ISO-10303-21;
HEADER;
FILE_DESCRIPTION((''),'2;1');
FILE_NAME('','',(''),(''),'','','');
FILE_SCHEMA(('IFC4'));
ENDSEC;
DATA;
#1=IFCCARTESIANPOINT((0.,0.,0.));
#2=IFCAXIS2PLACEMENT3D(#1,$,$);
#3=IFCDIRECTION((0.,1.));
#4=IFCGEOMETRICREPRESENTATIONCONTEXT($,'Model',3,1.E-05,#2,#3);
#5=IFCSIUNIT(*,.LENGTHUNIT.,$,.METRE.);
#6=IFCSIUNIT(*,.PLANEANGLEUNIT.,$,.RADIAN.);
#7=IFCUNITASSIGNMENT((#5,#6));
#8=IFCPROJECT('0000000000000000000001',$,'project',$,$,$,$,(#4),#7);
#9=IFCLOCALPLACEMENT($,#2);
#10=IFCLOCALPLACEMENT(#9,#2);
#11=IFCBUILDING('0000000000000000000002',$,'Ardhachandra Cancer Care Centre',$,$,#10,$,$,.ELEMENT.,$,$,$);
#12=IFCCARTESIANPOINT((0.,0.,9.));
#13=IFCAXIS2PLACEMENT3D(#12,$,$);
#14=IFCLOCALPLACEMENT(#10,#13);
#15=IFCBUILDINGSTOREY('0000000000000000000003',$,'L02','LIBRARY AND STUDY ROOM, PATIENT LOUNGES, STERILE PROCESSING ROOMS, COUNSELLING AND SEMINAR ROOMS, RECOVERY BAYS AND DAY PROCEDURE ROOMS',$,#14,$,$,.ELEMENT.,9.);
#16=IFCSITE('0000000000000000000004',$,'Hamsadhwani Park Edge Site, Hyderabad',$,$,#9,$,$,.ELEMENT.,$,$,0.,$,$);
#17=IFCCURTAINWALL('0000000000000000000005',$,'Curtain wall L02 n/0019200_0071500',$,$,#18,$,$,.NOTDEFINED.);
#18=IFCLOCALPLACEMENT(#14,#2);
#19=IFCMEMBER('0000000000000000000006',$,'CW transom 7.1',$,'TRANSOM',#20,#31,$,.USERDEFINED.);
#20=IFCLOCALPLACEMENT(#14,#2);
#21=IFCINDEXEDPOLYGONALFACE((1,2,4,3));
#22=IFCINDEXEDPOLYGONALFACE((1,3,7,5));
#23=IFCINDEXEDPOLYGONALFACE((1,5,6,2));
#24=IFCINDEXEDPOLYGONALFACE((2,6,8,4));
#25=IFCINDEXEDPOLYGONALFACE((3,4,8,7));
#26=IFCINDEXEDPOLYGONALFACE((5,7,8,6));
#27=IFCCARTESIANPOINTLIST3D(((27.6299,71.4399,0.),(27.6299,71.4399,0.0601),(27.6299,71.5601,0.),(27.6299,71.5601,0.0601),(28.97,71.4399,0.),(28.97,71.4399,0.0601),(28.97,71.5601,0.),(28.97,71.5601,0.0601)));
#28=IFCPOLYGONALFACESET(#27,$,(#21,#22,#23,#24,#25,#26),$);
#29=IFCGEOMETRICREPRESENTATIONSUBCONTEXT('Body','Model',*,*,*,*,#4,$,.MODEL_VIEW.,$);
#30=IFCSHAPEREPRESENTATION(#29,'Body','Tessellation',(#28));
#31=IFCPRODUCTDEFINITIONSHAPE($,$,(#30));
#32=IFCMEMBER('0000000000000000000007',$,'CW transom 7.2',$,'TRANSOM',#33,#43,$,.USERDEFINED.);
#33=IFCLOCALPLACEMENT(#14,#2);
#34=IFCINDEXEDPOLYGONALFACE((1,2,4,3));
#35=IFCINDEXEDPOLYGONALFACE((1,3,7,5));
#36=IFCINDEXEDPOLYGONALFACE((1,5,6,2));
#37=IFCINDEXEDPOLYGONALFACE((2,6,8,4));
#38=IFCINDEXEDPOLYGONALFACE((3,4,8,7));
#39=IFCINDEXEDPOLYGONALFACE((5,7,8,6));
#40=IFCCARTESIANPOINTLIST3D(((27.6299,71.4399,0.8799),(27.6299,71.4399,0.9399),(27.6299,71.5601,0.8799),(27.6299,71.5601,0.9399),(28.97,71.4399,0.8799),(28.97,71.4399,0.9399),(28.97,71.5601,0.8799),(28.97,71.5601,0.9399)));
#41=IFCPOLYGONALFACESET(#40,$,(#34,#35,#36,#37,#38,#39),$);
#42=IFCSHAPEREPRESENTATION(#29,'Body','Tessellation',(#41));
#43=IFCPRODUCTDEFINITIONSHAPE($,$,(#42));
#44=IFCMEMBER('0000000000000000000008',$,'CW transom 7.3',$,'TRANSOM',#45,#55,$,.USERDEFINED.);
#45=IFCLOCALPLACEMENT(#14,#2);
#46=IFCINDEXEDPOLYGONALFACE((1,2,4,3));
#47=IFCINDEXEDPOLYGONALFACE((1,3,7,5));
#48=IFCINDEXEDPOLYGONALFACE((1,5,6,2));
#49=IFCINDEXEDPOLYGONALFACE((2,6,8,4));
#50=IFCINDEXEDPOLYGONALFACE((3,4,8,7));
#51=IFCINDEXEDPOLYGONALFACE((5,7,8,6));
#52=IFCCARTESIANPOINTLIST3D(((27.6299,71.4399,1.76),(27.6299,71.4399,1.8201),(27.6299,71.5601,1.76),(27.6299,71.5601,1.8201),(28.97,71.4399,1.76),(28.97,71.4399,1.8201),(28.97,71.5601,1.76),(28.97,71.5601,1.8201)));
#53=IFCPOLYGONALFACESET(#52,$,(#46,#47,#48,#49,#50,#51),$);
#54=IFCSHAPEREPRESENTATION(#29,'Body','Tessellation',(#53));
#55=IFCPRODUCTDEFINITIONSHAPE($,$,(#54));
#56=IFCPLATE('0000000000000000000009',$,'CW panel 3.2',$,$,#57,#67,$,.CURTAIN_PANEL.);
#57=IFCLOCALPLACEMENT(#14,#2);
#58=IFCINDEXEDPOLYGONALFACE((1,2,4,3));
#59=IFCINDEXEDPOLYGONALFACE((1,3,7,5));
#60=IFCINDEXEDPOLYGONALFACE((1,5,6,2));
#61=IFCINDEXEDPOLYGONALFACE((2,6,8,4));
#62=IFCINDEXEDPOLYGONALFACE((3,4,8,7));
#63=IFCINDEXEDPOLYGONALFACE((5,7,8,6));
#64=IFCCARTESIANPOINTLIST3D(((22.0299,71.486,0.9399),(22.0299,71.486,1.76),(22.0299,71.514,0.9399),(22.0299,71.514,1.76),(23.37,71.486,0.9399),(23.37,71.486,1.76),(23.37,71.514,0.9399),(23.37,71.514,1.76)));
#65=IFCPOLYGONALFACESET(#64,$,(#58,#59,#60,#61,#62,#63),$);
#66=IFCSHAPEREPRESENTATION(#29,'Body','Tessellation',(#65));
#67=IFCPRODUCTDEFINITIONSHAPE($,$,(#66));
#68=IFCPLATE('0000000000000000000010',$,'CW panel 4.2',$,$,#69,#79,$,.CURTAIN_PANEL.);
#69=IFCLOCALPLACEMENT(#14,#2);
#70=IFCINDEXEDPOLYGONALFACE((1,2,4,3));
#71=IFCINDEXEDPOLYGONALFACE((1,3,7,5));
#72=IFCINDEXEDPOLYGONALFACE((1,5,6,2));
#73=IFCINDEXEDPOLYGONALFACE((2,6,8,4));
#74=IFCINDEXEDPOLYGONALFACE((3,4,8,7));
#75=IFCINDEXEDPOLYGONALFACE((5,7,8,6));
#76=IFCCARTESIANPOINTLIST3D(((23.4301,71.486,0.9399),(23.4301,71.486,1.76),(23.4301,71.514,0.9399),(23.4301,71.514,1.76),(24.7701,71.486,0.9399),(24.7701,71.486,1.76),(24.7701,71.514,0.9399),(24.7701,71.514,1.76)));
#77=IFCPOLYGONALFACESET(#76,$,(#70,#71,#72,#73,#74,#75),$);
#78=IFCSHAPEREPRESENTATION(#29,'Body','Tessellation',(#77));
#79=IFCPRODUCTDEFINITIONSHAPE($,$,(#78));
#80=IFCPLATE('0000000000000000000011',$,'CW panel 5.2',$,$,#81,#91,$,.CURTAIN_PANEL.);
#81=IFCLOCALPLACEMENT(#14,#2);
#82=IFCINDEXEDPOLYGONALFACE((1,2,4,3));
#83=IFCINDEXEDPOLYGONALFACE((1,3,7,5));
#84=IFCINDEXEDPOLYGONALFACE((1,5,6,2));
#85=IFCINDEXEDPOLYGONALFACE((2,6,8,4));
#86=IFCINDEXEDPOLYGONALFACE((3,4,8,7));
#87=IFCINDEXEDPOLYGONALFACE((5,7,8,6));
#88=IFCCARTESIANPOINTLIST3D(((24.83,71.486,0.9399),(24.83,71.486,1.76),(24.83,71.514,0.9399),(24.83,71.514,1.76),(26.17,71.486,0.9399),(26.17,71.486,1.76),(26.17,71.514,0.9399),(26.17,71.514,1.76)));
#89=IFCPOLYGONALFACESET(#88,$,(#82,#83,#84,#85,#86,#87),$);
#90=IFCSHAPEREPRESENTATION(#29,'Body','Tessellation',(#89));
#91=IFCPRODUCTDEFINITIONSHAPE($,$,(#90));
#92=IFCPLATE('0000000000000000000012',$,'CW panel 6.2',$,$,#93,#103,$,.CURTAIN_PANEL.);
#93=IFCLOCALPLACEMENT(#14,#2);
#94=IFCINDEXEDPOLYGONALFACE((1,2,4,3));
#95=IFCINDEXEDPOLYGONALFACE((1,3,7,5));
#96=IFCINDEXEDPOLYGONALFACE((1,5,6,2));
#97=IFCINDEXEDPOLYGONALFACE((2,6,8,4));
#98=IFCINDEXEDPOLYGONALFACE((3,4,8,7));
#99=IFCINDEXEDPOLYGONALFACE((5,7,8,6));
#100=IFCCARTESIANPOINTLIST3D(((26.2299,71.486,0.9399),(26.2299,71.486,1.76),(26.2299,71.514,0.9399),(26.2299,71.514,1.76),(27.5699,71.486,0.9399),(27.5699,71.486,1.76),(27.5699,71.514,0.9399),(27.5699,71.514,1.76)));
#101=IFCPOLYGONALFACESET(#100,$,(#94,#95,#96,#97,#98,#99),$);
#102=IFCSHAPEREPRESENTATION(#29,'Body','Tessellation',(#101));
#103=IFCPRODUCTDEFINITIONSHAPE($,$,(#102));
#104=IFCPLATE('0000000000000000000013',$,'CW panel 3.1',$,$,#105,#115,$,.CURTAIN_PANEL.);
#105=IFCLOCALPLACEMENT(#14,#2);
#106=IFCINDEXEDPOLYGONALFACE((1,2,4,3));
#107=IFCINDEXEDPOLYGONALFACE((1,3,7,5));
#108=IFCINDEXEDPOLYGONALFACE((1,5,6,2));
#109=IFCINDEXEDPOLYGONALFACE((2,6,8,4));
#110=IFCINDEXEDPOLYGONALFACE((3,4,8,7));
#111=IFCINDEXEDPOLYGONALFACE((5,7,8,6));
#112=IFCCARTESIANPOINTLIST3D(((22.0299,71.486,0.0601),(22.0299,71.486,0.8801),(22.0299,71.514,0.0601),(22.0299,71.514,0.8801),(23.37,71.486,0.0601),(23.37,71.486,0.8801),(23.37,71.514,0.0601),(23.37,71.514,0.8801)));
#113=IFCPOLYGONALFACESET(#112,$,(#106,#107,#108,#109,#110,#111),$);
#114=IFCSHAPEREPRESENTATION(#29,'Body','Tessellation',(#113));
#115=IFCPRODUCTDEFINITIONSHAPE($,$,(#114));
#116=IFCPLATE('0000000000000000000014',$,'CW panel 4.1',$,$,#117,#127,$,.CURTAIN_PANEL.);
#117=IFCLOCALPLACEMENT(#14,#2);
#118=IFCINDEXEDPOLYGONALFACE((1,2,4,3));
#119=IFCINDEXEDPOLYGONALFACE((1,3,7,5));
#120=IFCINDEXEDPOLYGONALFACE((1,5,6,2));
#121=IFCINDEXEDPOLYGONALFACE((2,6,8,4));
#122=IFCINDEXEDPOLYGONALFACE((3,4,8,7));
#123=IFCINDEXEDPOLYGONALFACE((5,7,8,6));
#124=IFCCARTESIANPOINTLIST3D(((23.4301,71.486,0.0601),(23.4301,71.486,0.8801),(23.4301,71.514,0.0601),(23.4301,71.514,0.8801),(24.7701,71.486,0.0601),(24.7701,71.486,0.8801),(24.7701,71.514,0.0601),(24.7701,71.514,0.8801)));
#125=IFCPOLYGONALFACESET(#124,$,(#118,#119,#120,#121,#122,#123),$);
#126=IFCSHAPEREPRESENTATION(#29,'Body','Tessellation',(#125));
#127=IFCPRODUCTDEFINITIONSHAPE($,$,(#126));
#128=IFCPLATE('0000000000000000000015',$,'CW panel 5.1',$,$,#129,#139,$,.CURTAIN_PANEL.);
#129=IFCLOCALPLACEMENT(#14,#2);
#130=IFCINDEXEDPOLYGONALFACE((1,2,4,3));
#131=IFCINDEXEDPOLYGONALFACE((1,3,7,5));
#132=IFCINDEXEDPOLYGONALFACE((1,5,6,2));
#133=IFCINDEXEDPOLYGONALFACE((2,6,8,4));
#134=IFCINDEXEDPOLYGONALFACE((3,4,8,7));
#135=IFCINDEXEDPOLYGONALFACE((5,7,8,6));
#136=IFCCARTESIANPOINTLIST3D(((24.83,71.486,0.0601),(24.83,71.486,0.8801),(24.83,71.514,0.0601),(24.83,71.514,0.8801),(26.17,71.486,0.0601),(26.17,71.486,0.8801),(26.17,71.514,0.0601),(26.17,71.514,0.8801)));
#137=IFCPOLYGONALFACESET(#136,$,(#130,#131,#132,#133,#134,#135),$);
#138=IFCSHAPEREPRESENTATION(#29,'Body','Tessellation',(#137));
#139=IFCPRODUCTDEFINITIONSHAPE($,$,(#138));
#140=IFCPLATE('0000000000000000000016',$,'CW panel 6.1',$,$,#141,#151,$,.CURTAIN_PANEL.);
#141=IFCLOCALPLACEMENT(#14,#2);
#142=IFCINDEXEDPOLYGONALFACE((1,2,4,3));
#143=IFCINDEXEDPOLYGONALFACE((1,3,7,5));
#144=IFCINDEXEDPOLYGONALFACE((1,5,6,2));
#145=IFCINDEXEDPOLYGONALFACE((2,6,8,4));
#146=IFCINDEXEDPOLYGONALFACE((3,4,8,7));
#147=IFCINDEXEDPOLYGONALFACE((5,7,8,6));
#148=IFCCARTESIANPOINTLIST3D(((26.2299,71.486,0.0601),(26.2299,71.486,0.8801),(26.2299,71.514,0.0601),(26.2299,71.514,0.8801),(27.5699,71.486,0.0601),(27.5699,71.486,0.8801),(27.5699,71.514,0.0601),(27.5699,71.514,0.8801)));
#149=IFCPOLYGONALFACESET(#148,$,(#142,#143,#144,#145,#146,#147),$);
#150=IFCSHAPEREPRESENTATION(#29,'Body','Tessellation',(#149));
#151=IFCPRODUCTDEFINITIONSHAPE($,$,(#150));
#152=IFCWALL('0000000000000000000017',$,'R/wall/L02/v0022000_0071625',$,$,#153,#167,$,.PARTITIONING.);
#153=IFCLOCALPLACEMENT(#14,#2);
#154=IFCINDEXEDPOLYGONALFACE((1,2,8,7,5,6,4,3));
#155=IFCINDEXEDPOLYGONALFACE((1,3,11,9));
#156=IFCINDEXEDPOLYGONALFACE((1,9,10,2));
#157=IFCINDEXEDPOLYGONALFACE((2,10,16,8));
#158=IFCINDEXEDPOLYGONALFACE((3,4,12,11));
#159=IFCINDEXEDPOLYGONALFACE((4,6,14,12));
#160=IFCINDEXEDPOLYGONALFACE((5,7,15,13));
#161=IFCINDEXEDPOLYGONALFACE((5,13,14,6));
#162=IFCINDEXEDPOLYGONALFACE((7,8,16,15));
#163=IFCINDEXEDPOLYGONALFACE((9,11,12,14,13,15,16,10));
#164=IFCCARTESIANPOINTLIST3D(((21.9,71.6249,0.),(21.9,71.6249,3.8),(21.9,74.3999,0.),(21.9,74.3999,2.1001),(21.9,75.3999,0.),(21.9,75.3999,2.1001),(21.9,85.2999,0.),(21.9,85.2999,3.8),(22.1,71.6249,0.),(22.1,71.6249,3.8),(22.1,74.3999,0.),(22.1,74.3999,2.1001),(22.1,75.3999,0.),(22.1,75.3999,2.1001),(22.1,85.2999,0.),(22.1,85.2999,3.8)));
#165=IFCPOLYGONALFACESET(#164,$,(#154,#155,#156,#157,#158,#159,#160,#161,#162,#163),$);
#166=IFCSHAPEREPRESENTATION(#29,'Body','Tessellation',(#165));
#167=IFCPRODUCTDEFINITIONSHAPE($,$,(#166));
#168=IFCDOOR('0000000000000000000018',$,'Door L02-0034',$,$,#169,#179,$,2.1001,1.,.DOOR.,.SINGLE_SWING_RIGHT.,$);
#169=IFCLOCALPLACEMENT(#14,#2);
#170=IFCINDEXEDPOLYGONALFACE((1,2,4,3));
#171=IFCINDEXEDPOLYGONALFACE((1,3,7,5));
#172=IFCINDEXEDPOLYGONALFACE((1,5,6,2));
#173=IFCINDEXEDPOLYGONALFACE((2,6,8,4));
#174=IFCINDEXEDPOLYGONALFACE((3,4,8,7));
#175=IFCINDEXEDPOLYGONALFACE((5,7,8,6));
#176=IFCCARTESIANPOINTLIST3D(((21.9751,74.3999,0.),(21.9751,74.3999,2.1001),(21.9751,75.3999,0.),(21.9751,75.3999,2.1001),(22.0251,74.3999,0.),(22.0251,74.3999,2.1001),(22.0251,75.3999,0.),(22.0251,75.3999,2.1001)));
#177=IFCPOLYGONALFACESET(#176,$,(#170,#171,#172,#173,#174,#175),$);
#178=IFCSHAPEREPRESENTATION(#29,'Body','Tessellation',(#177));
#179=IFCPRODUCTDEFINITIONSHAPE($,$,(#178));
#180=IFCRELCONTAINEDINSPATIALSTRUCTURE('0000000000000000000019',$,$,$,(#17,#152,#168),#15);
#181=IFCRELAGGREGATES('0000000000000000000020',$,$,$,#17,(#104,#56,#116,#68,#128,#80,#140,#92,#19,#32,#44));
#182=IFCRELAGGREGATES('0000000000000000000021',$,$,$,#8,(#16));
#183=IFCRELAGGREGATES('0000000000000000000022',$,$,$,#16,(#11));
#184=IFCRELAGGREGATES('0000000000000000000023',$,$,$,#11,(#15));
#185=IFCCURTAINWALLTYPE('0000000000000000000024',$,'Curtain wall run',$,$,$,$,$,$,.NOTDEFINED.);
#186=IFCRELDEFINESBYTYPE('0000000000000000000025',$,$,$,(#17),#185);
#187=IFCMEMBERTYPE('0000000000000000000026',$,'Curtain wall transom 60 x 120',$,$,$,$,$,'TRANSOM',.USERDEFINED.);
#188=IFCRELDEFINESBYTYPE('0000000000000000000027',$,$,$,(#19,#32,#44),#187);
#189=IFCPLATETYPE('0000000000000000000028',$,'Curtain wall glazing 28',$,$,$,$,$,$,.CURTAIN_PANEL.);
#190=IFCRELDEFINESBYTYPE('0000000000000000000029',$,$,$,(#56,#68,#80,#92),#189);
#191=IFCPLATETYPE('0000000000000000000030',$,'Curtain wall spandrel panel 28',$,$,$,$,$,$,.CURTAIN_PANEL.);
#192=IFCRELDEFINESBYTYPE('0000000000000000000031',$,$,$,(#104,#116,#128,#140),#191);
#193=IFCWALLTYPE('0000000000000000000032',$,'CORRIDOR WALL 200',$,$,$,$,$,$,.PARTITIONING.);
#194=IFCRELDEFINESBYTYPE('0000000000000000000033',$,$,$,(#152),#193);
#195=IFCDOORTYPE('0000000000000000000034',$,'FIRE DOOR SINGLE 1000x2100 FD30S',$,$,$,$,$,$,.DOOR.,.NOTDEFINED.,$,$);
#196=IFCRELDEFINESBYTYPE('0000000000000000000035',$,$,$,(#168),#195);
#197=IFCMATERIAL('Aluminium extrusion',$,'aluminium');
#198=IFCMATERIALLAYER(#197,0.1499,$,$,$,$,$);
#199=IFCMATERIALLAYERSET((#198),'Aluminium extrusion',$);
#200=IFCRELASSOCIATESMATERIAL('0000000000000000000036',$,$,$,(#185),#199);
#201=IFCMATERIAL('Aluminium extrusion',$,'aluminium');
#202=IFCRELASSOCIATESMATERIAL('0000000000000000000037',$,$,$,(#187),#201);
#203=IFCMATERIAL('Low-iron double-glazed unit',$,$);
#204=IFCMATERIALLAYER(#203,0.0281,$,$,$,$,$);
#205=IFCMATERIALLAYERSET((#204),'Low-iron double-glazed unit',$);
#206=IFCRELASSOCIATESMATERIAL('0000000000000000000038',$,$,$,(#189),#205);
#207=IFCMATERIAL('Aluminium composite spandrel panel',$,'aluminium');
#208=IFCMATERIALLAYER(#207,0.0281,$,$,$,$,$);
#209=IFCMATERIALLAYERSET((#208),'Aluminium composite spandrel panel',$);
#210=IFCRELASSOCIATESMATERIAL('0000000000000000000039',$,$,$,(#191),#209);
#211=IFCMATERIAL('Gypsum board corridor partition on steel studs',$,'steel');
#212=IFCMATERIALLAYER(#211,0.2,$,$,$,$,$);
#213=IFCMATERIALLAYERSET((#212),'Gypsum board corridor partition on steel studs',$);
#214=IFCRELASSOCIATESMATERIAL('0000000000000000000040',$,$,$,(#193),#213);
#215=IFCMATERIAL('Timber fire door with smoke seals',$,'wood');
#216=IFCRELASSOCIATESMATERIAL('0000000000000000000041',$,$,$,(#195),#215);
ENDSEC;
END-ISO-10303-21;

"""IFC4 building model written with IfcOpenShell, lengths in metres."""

from ifc_helpers import new_model, si_unit, direction, frame, frame_2d, origin, origin_2d, place, context, subcontext, project, spatial, rectangle, extrude, material, layer, layer_set, material_profile, profile_set, type_object, element, fill, aggregate, save


model = new_model("IFC4")

# Units and contexts
model_context = context("Model", 3, precision=1e-05, world=origin(), true_north=direction((0.0, 1.0)))
body_context = subcontext(model_context, "Body", "Model", "MODEL_VIEW")
ifc_project = project(units=[si_unit("LENGTHUNIT", "METRE"), si_unit("PLANEANGLEUNIT", "RADIAN")], contexts=[model_context])

# Site, building, storey
site_placement = place(None, origin())
site = spatial("IfcSite", under=ifc_project, at=site_placement, Name="Hamsadhwani Park Edge Site, Hyderabad", CompositionType="ELEMENT", RefElevation=0.0)
building_placement = place(site_placement, origin())
building = spatial("IfcBuilding", under=site, at=building_placement, Name="Ardhachandra Cancer Care Centre", CompositionType="ELEMENT")
storey_placement = place(building_placement, frame((0.0, 0.0, 9.0)))
storey = spatial("IfcBuildingStorey", under=building, at=storey_placement, Name="L02", Description="LIBRARY AND STUDY ROOM, PATIENT LOUNGES, STERILE PROCESSING ROOMS, COUNSELLING AND SEMINAR ROOMS, RECOVERY BAYS AND DAY PROCEDURE ROOMS", CompositionType="ELEMENT", Elevation=9.0)

# Curtain wall, members, plates
ifc_material_1 = material(Name="Aluminium extrusion", Category="aluminium")
ifc_layer_1 = layer(ifc_material_1, 0.1499)
ifc_layer_set_1 = layer_set([ifc_layer_1], Name="Aluminium extrusion")
curtain_wall_type = type_object("IfcCurtainWallType", Name="Curtain wall run", PredefinedType="NOTDEFINED", material=ifc_layer_set_1)
curtain_wall_placement = place(storey_placement, origin())
curtain_wall = element("IfcCurtainWall", 1, at=curtain_wall_placement, inside=storey, type_object=curtain_wall_type, Name="Curtain wall L02 n/0019200_0071500", PredefinedType="NOTDEFINED")
ifc_material_2 = material(Name="Aluminium extrusion", Category="aluminium")
ifc_material_profile_1 = material_profile(ifc_material_2, rectangle(XDim=0.1201, YDim=0.0601, at=origin_2d()), Name="Curtain wall transom 60 x 120")
ifc_profile_set_1 = profile_set([ifc_material_profile_1], Name="Aluminium extrusion")
member_type_1 = type_object("IfcMemberType", Name="Curtain wall transom 60 x 120", ElementType="TRANSOM", PredefinedType="USERDEFINED", material=ifc_profile_set_1)
member_1_placement = place(storey_placement, frame((27.6299, 71.5, 0.03), z_axis=(1.0, 0.0, 0.0), x_axis=(0.0, 1.0, 0.0)))
member_1 = element("IfcMember", 2, at=member_1_placement, type_object=member_type_1, Name="CW transom 7.1", ObjectType="TRANSOM", PredefinedType="USERDEFINED", context=body_context, shape_type="SweptSolid", body=[
    extrude(rectangle(XDim=0.1201, YDim=0.0601, at=origin_2d()), origin(), (0.0, 0.0, 1.0), 1.3401),
])
member_2_placement = place(storey_placement, frame((27.6299, 71.5, 0.9099), z_axis=(1.0, 0.0, 0.0), x_axis=(0.0, 1.0, 0.0)))
member_2 = element("IfcMember", 3, at=member_2_placement, type_object=member_type_1, Name="CW transom 7.2", ObjectType="TRANSOM", PredefinedType="USERDEFINED", context=body_context, shape_type="SweptSolid", body=[
    extrude(rectangle(XDim=0.1201, YDim=0.0601, at=origin_2d()), origin(), (0.0, 0.0, 1.0), 1.3401),
])
member_3_placement = place(storey_placement, frame((27.6299, 71.5, 1.79), z_axis=(1.0, 0.0, 0.0), x_axis=(0.0, 1.0, 0.0)))
member_3 = element("IfcMember", 4, at=member_3_placement, type_object=member_type_1, Name="CW transom 7.3", ObjectType="TRANSOM", PredefinedType="USERDEFINED", context=body_context, shape_type="SweptSolid", body=[
    extrude(rectangle(XDim=0.1201, YDim=0.0601, at=origin_2d()), origin(), (0.0, 0.0, 1.0), 1.3401),
])
ifc_material_3 = material(Name="Low-iron double-glazed unit")
ifc_layer_2 = layer(ifc_material_3, 0.0281)
ifc_layer_set_2 = layer_set([ifc_layer_2], Name="Low-iron double-glazed unit")
plate_type_1 = type_object("IfcPlateType", Name="Curtain wall glazing 28", PredefinedType="CURTAIN_PANEL", material=ifc_layer_set_2)
plate_1_placement = place(storey_placement, frame((22.7, 71.5, 0.9399), z_axis=(0.0, 0.0, 1.0), x_axis=(1.0, 0.0, 0.0)))
plate_1 = element("IfcPlate", 5, at=plate_1_placement, type_object=plate_type_1, Name="CW panel 3.2", PredefinedType="CURTAIN_PANEL", context=body_context, shape_type="SweptSolid", body=[
    extrude(rectangle(XDim=1.3401, YDim=0.0281, at=origin_2d()), origin(), (0.0, 0.0, 1.0), 0.8201),
])
plate_2_placement = place(storey_placement, frame((24.1001, 71.5, 0.9399), z_axis=(0.0, 0.0, 1.0), x_axis=(1.0, 0.0, 0.0)))
plate_2 = element("IfcPlate", 6, at=plate_2_placement, type_object=plate_type_1, Name="CW panel 4.2", PredefinedType="CURTAIN_PANEL", context=body_context, shape_type="SweptSolid", body=[
    extrude(rectangle(XDim=1.3401, YDim=0.0281, at=origin_2d()), origin(), (0.0, 0.0, 1.0), 0.8201),
])
plate_3_placement = place(storey_placement, frame((25.5, 71.5, 0.9399), z_axis=(0.0, 0.0, 1.0), x_axis=(1.0, 0.0, 0.0)))
plate_3 = element("IfcPlate", 7, at=plate_3_placement, type_object=plate_type_1, Name="CW panel 5.2", PredefinedType="CURTAIN_PANEL", context=body_context, shape_type="SweptSolid", body=[
    extrude(rectangle(XDim=1.3401, YDim=0.0281, at=origin_2d()), origin(), (0.0, 0.0, 1.0), 0.8201),
])
plate_4_placement = place(storey_placement, frame((26.8999, 71.5, 0.9399), z_axis=(0.0, 0.0, 1.0), x_axis=(1.0, 0.0, 0.0)))
plate_4 = element("IfcPlate", 8, at=plate_4_placement, type_object=plate_type_1, Name="CW panel 6.2", PredefinedType="CURTAIN_PANEL", context=body_context, shape_type="SweptSolid", body=[
    extrude(rectangle(XDim=1.3401, YDim=0.0281, at=origin_2d()), origin(), (0.0, 0.0, 1.0), 0.8201),
])
ifc_material_4 = material(Name="Aluminium composite spandrel panel", Category="aluminium")
ifc_layer_3 = layer(ifc_material_4, 0.0281)
ifc_layer_set_3 = layer_set([ifc_layer_3], Name="Aluminium composite spandrel panel")
plate_type_2 = type_object("IfcPlateType", Name="Curtain wall spandrel panel 28", PredefinedType="CURTAIN_PANEL", material=ifc_layer_set_3)
plate_5_placement = place(storey_placement, frame((22.7, 71.5, 0.0601), z_axis=(0.0, 0.0, 1.0), x_axis=(1.0, 0.0, 0.0)))
plate_5 = element("IfcPlate", 9, at=plate_5_placement, type_object=plate_type_2, Name="CW panel 3.1", PredefinedType="CURTAIN_PANEL", context=body_context, shape_type="SweptSolid", body=[
    extrude(rectangle(XDim=1.3401, YDim=0.0281, at=origin_2d()), origin(), (0.0, 0.0, 1.0), 0.8201),
])
plate_6_placement = place(storey_placement, frame((24.1001, 71.5, 0.0601), z_axis=(0.0, 0.0, 1.0), x_axis=(1.0, 0.0, 0.0)))
plate_6 = element("IfcPlate", 10, at=plate_6_placement, type_object=plate_type_2, Name="CW panel 4.1", PredefinedType="CURTAIN_PANEL", context=body_context, shape_type="SweptSolid", body=[
    extrude(rectangle(XDim=1.3401, YDim=0.0281, at=origin_2d()), origin(), (0.0, 0.0, 1.0), 0.8201),
])
plate_7_placement = place(storey_placement, frame((25.5, 71.5, 0.0601), z_axis=(0.0, 0.0, 1.0), x_axis=(1.0, 0.0, 0.0)))
plate_7 = element("IfcPlate", 11, at=plate_7_placement, type_object=plate_type_2, Name="CW panel 5.1", PredefinedType="CURTAIN_PANEL", context=body_context, shape_type="SweptSolid", body=[
    extrude(rectangle(XDim=1.3401, YDim=0.0281, at=origin_2d()), origin(), (0.0, 0.0, 1.0), 0.8201),
])
plate_8_placement = place(storey_placement, frame((26.8999, 71.5, 0.0601), z_axis=(0.0, 0.0, 1.0), x_axis=(1.0, 0.0, 0.0)))
plate_8 = element("IfcPlate", 12, at=plate_8_placement, type_object=plate_type_2, Name="CW panel 6.1", PredefinedType="CURTAIN_PANEL", context=body_context, shape_type="SweptSolid", body=[
    extrude(rectangle(XDim=1.3401, YDim=0.0281, at=origin_2d()), origin(), (0.0, 0.0, 1.0), 0.8201),
])
aggregate(curtain_wall, [plate_5, plate_1, plate_6, plate_2, plate_7, plate_3, plate_8, plate_4, member_1, member_2, member_3])

# Wall, opening, door
ifc_material_5 = material(Name="Gypsum board corridor partition on steel studs", Category="steel")
ifc_layer_4 = layer(ifc_material_5, 0.2)
ifc_layer_set_4 = layer_set([ifc_layer_4], Name="Gypsum board corridor partition on steel studs")
wall_type = type_object("IfcWallType", Name="CORRIDOR WALL 200", PredefinedType="PARTITIONING", material=ifc_layer_set_4)
wall_placement = place(storey_placement, frame((22.0, 71.625, 0.0), z_axis=(0.0, 0.0, 1.0), x_axis=(0.0, 1.0, 0.0)))
wall = element("IfcWall", 13, at=wall_placement, inside=storey, type_object=wall_type, Name="R/wall/L02/v0022000_0071625", PredefinedType="PARTITIONING", context=body_context, shape_type="SweptSolid", body=[
    extrude(rectangle(XDim=13.675, YDim=0.2, at=frame_2d((6.8374, 0.0))), origin(), (0.0, 0.0, 1.0), 3.8),
])
opening_placement = place(wall_placement, frame((2.7749, 0.0, 0.0)))
opening = element("IfcOpeningElement", 14, at=opening_placement, cuts=wall, PredefinedType="OPENING", context=body_context, shape_type="SweptSolid", body=[
    extrude(rectangle(XDim=1.0, YDim=2.1001, at=frame_2d((0.5, 1.05))), frame((0.0, 0.1099, 0.0), z_axis=(0.0, -1.0, 0.0), x_axis=(1.0, 0.0, 0.0)), (0.0, 0.0, 1.0), 0.22),
])
ifc_material_6 = material(Name="Timber fire door with smoke seals", Category="wood")
door_type = type_object("IfcDoorType", Name="FIRE DOOR SINGLE 1000x2100 FD30S", OperationType="NOTDEFINED", PredefinedType="DOOR", material=ifc_material_6)
door_placement = place(opening_placement, origin())
door = element("IfcDoor", 15, at=door_placement, inside=storey, type_object=door_type, Name="Door L02-0034", OperationType="SINGLE_SWING_RIGHT", OverallHeight=2.1001, OverallWidth=1.0, PredefinedType="DOOR", context=body_context, shape_type="SweptSolid", body=[
    extrude(rectangle(XDim=1.0, YDim=2.1001, at=frame_2d((0.5, 1.05))), frame((0.0, 0.0249, 0.0), z_axis=(0.0, -1.0, 0.0), x_axis=(1.0, 0.0, 0.0)), (0.0, 0.0, 1.0), 0.05),
])
fill(opening, door)

save(model, "model.ifc")
